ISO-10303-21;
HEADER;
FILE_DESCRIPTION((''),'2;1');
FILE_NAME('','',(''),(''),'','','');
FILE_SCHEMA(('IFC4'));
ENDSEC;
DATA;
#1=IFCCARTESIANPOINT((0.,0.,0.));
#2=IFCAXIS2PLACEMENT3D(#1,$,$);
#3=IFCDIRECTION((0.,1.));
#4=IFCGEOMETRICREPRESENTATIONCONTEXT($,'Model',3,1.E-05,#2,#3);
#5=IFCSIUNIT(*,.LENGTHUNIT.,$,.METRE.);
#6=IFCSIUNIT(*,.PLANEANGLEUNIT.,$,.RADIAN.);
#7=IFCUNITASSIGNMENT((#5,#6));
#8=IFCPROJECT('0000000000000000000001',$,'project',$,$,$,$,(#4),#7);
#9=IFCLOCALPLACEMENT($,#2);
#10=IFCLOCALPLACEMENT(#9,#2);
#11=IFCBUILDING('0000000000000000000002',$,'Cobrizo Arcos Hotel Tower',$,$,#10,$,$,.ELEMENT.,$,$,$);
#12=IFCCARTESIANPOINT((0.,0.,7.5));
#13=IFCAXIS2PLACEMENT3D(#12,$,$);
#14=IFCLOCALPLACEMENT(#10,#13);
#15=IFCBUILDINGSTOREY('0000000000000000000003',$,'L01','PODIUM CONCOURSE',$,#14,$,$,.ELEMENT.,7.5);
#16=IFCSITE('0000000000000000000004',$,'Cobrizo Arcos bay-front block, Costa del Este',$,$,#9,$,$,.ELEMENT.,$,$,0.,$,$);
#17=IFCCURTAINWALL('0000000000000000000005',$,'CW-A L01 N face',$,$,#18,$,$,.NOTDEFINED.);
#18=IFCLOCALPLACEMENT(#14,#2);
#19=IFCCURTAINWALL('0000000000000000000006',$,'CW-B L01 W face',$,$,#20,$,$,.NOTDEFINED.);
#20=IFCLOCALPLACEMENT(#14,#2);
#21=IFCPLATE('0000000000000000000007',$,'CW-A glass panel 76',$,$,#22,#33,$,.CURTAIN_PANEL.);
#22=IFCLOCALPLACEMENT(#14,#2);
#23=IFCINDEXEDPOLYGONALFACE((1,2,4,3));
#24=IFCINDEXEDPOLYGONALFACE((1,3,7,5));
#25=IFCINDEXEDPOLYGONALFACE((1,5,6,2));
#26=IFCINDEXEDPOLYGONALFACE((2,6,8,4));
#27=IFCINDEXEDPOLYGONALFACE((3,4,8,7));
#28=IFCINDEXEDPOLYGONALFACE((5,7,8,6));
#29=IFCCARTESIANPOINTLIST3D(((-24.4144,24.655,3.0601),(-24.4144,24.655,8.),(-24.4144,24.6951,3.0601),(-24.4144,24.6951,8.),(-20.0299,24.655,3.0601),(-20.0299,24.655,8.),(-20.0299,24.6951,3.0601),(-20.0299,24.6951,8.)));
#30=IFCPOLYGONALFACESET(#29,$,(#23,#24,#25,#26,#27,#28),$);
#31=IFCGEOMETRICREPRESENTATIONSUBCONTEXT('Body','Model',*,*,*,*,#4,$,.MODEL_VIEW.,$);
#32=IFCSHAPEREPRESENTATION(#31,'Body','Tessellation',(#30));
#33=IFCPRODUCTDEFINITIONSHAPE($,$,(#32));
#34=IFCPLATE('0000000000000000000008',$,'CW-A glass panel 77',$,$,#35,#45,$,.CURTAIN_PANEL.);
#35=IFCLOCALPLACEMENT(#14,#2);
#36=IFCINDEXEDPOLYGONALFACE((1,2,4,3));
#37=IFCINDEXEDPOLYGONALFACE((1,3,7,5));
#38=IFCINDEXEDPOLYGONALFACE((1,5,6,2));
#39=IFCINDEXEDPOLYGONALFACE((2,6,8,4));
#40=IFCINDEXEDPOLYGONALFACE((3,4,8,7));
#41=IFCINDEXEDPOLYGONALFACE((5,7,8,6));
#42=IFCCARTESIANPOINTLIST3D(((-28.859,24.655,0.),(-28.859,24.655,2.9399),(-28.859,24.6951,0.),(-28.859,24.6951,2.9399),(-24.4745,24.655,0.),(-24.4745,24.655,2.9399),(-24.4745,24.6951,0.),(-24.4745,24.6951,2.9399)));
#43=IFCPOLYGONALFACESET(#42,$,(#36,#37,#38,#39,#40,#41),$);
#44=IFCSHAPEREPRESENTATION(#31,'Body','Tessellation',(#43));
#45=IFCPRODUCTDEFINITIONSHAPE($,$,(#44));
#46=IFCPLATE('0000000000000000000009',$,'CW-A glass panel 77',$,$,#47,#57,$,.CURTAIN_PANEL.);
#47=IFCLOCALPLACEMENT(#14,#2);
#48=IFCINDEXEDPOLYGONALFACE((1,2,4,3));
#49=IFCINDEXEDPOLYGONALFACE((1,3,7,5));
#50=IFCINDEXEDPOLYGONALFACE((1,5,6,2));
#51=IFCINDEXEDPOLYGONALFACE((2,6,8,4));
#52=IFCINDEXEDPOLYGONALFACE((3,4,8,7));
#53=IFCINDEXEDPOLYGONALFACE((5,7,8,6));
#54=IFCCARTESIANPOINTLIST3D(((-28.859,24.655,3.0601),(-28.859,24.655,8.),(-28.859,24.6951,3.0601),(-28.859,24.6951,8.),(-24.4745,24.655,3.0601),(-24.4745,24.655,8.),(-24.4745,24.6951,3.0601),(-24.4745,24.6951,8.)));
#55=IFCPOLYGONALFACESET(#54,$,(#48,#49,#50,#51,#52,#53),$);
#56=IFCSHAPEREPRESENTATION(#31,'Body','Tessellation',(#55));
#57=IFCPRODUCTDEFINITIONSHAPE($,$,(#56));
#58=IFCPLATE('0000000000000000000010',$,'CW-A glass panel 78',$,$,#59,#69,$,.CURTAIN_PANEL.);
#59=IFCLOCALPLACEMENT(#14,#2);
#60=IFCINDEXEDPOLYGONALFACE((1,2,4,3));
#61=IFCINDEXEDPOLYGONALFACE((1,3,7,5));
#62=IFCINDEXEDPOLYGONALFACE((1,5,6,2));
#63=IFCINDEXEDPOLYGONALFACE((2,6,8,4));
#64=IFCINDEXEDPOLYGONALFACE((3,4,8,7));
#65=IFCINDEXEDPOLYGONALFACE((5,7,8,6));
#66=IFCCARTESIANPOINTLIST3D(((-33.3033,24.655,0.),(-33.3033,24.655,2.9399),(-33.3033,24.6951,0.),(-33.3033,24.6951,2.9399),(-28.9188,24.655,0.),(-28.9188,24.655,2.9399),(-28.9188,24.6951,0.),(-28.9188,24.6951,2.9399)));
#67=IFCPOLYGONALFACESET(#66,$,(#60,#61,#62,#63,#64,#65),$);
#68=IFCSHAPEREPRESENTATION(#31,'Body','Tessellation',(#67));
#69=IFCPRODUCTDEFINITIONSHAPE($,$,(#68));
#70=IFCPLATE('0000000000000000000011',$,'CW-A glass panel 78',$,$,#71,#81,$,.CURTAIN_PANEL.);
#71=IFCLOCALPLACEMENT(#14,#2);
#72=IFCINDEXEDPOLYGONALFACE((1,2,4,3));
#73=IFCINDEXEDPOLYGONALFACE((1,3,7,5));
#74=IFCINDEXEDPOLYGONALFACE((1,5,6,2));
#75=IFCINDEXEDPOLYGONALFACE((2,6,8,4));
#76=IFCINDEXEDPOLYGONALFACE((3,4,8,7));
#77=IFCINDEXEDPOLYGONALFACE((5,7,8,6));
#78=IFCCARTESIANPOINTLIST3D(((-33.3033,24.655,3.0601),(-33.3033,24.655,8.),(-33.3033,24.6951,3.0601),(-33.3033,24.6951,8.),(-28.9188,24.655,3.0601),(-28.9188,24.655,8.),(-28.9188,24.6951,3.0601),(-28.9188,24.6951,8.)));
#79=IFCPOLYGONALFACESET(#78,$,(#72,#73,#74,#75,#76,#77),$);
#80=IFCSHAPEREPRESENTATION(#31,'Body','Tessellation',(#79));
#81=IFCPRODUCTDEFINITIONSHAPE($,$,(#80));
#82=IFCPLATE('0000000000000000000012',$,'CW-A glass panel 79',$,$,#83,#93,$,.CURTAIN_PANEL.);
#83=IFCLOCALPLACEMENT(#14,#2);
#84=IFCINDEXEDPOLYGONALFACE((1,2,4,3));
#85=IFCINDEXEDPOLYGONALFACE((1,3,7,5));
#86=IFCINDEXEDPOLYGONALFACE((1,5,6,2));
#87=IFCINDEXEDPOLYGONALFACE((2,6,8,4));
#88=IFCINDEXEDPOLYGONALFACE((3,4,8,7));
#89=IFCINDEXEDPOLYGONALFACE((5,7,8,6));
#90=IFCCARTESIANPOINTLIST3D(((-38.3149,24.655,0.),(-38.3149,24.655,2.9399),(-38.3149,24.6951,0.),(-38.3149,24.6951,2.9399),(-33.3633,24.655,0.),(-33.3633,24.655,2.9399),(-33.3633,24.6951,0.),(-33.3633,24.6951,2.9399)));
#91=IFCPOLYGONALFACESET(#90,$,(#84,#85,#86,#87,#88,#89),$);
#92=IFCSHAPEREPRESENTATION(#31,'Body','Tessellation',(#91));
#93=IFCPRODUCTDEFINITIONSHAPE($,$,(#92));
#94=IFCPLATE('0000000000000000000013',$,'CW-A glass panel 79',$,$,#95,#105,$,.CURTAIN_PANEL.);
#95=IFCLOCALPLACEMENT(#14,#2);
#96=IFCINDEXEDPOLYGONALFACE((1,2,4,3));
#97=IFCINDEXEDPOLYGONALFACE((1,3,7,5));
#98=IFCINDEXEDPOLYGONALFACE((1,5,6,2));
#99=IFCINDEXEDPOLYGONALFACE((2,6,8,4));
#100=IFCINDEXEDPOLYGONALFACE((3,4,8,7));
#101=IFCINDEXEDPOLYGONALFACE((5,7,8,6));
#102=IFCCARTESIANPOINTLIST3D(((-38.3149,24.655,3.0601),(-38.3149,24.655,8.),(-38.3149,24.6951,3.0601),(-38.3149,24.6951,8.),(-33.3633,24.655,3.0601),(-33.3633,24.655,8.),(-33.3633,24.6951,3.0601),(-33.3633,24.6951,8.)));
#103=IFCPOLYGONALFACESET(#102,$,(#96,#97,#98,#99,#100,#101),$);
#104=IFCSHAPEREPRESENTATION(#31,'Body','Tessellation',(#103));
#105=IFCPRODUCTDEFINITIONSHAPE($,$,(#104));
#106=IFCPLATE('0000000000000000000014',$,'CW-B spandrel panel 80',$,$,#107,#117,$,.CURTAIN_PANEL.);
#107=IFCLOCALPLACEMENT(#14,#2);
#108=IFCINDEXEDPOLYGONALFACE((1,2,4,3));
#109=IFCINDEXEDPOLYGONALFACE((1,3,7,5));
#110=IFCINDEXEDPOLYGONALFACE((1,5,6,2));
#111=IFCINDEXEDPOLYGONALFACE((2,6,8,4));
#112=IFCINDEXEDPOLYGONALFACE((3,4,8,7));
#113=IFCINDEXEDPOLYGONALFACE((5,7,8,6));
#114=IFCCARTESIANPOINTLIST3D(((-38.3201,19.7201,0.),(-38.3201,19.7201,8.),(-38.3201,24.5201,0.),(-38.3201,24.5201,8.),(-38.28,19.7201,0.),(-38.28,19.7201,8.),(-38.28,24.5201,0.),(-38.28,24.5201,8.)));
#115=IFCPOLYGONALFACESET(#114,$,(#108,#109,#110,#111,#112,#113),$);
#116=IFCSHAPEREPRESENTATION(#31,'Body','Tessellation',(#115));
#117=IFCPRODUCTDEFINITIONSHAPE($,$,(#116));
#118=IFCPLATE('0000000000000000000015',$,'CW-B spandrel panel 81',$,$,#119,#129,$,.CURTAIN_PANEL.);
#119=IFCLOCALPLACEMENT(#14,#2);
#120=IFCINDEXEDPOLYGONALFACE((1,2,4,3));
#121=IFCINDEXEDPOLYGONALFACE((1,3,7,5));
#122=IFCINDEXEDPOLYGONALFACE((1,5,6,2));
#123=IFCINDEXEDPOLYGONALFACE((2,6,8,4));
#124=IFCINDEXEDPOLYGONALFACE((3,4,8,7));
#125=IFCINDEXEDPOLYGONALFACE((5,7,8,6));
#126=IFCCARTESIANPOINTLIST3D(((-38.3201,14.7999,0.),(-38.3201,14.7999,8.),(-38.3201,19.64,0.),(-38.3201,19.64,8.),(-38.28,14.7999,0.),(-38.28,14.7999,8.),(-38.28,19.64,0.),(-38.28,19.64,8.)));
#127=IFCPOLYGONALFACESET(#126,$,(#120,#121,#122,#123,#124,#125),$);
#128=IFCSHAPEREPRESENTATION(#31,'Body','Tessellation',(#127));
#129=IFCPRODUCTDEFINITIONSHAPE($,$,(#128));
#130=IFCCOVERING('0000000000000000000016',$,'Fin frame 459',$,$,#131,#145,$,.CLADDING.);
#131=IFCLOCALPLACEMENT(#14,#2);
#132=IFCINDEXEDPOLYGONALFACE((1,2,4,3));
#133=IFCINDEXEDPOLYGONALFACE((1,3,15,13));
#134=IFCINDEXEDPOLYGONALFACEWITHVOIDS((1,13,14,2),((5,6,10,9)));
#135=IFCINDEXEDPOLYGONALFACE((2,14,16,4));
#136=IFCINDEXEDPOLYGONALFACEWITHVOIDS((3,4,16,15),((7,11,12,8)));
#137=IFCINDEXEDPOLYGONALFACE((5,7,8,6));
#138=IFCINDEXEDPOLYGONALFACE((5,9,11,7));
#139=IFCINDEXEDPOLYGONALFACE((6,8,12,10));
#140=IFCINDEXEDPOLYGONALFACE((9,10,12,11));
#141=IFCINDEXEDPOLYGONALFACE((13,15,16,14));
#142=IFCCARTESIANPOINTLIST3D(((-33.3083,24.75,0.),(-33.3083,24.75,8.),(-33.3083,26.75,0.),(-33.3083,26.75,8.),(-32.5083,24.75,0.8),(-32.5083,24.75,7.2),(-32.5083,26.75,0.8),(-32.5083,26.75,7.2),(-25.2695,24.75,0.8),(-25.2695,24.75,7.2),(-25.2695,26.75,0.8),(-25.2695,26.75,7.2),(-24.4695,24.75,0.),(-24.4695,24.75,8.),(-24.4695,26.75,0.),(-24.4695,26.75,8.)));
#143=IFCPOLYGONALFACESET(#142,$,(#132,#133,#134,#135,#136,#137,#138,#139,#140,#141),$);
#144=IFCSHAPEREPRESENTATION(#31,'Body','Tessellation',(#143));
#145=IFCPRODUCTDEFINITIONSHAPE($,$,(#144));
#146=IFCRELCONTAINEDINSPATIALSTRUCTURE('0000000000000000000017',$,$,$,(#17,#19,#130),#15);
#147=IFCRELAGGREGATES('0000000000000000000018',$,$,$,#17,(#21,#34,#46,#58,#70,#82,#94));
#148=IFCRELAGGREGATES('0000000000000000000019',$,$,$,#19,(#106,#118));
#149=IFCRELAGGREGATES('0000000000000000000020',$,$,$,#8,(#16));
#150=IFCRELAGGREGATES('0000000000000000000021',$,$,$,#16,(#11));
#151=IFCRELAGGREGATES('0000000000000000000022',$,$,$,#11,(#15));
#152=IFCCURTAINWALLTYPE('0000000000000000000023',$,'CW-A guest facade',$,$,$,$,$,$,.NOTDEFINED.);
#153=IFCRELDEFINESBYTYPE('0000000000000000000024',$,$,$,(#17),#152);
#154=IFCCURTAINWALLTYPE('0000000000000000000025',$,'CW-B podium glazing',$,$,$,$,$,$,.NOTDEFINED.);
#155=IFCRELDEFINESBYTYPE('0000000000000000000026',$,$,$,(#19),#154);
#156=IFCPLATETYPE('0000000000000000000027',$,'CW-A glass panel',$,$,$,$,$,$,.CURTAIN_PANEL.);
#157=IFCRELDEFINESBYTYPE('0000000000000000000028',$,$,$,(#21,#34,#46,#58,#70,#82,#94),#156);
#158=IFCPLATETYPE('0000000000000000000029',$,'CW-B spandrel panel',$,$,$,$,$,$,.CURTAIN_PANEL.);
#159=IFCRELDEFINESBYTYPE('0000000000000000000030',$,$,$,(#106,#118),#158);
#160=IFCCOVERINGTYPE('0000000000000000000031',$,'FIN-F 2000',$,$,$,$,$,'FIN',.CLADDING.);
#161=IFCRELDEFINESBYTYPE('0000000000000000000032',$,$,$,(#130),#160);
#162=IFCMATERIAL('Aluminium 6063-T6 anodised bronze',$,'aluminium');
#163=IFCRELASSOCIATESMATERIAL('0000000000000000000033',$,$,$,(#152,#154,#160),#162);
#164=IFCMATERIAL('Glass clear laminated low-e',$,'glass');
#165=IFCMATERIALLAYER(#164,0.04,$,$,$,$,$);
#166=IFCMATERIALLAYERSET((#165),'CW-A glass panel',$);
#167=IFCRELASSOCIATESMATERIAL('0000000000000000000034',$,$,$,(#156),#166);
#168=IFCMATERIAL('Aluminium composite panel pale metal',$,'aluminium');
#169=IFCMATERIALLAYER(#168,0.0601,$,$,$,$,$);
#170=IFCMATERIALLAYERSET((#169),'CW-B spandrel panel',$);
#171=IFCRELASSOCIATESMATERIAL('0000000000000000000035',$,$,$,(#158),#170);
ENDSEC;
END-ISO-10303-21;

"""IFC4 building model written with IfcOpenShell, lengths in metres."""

from ifc_helpers import new_model, si_unit, direction, frame, origin, origin_2d, place, context, subcontext, project, spatial, polyline, rectangle, outline, extrude, material, layer, layer_set, type_object, element, aggregate, save


model = new_model("IFC4")

# Units and contexts
model_context = context("Model", 3, precision=1e-05, world=origin(), true_north=direction((0.0, 1.0)))
body_context = subcontext(model_context, "Body", "Model", "MODEL_VIEW")
ifc_project = project(units=[si_unit("LENGTHUNIT", "METRE"), si_unit("PLANEANGLEUNIT", "RADIAN")], contexts=[model_context])

# Site, building, storey
site_placement = place(None, origin())
site = spatial("IfcSite", under=ifc_project, at=site_placement, Name="Cobrizo Arcos bay-front block, Costa del Este", CompositionType="ELEMENT", RefElevation=0.0)
building_placement = place(site_placement, origin())
building = spatial("IfcBuilding", under=site, at=building_placement, Name="Cobrizo Arcos Hotel Tower", CompositionType="ELEMENT")
storey_placement = place(building_placement, frame((0.0, 0.0, 7.5)))
storey = spatial("IfcBuildingStorey", under=building, at=storey_placement, Name="L01", Description="PODIUM CONCOURSE", CompositionType="ELEMENT", Elevation=7.5)

# Curtain walls
ifc_material_1 = material(Name="Aluminium 6063-T6 anodised bronze", Category="aluminium")
curtain_wall_type_1 = type_object("IfcCurtainWallType", Name="CW-A guest facade", PredefinedType="NOTDEFINED", material=ifc_material_1)
curtain_wall_1_placement = place(storey_placement, origin())
curtain_wall_1 = element("IfcCurtainWall", 1, at=curtain_wall_1_placement, inside=storey, type_object=curtain_wall_type_1, Name="CW-A L01 N face", PredefinedType="NOTDEFINED")
curtain_wall_type_2 = type_object("IfcCurtainWallType", Name="CW-B podium glazing", PredefinedType="NOTDEFINED", material=ifc_material_1)
curtain_wall_2_placement = place(storey_placement, origin())
curtain_wall_2 = element("IfcCurtainWall", 2, at=curtain_wall_2_placement, inside=storey, type_object=curtain_wall_type_2, Name="CW-B L01 W face", PredefinedType="NOTDEFINED")

# Plates
ifc_material_2 = material(Name="Glass clear laminated low-e", Category="glass")
ifc_layer_1 = layer(ifc_material_2, 0.04)
ifc_layer_set_1 = layer_set([ifc_layer_1], Name="CW-A glass panel")
plate_type_1 = type_object("IfcPlateType", Name="CW-A glass panel", PredefinedType="CURTAIN_PANEL", material=ifc_layer_set_1)
plate_1_placement = place(storey_placement, frame((-22.2222, 24.675, 3.0601), z_axis=(0.0, 0.0, 1.0), x_axis=(-1.0, 0.0, 0.0)))
plate_1 = element("IfcPlate", 3, at=plate_1_placement, type_object=plate_type_1, Name="CW-A glass panel 76", PredefinedType="CURTAIN_PANEL", context=body_context, shape_type="SweptSolid", body=[
    extrude(rectangle(XDim=4.3845, YDim=0.04, at=origin_2d()), origin(), (0.0, 0.0, 1.0), 4.9399),
])
plate_2_placement = place(storey_placement, frame((-26.6667, 24.675, 0.0), z_axis=(0.0, 0.0, 1.0), x_axis=(-1.0, 0.0, 0.0)))
plate_2 = element("IfcPlate", 4, at=plate_2_placement, type_object=plate_type_1, Name="CW-A glass panel 77", PredefinedType="CURTAIN_PANEL", context=body_context, shape_type="SweptSolid", body=[
    extrude(rectangle(XDim=4.3845, YDim=0.04, at=origin_2d()), origin(), (0.0, 0.0, 1.0), 2.9399),
])
plate_3_placement = place(storey_placement, frame((-26.6667, 24.675, 3.0601), z_axis=(0.0, 0.0, 1.0), x_axis=(-1.0, 0.0, 0.0)))
plate_3 = element("IfcPlate", 5, at=plate_3_placement, type_object=plate_type_1, Name="CW-A glass panel 77", PredefinedType="CURTAIN_PANEL", context=body_context, shape_type="SweptSolid", body=[
    extrude(rectangle(XDim=4.3845, YDim=0.04, at=origin_2d()), origin(), (0.0, 0.0, 1.0), 4.9399),
])
plate_4_placement = place(storey_placement, frame((-31.1111, 24.675, 0.0), z_axis=(0.0, 0.0, 1.0), x_axis=(-1.0, 0.0, 0.0)))
plate_4 = element("IfcPlate", 6, at=plate_4_placement, type_object=plate_type_1, Name="CW-A glass panel 78", PredefinedType="CURTAIN_PANEL", context=body_context, shape_type="SweptSolid", body=[
    extrude(rectangle(XDim=4.3845, YDim=0.04, at=origin_2d()), origin(), (0.0, 0.0, 1.0), 2.9399),
])
plate_5_placement = place(storey_placement, frame((-31.1111, 24.675, 3.0601), z_axis=(0.0, 0.0, 1.0), x_axis=(-1.0, 0.0, 0.0)))
plate_5 = element("IfcPlate", 7, at=plate_5_placement, type_object=plate_type_1, Name="CW-A glass panel 78", PredefinedType="CURTAIN_PANEL", context=body_context, shape_type="SweptSolid", body=[
    extrude(rectangle(XDim=4.3845, YDim=0.04, at=origin_2d()), origin(), (0.0, 0.0, 1.0), 4.9399),
])
plate_6_placement = place(storey_placement, frame((-35.8391, 24.675, 0.0), z_axis=(0.0, 0.0, 1.0), x_axis=(-1.0, 0.0, 0.0)))
plate_6 = element("IfcPlate", 8, at=plate_6_placement, type_object=plate_type_1, Name="CW-A glass panel 79", PredefinedType="CURTAIN_PANEL", context=body_context, shape_type="SweptSolid", body=[
    extrude(rectangle(XDim=4.9517, YDim=0.04, at=origin_2d()), origin(), (0.0, 0.0, 1.0), 2.9399),
])
plate_7_placement = place(storey_placement, frame((-35.8391, 24.675, 3.0601), z_axis=(0.0, 0.0, 1.0), x_axis=(-1.0, 0.0, 0.0)))
plate_7 = element("IfcPlate", 9, at=plate_7_placement, type_object=plate_type_1, Name="CW-A glass panel 79", PredefinedType="CURTAIN_PANEL", context=body_context, shape_type="SweptSolid", body=[
    extrude(rectangle(XDim=4.9517, YDim=0.04, at=origin_2d()), origin(), (0.0, 0.0, 1.0), 4.9399),
])
aggregate(curtain_wall_1, [plate_1, plate_2, plate_3, plate_4, plate_5, plate_6, plate_7])
ifc_material_3 = material(Name="Aluminium composite panel pale metal", Category="aluminium")
ifc_layer_2 = layer(ifc_material_3, 0.0601)
ifc_layer_set_2 = layer_set([ifc_layer_2], Name="CW-B spandrel panel")
plate_type_2 = type_object("IfcPlateType", Name="CW-B spandrel panel", PredefinedType="CURTAIN_PANEL", material=ifc_layer_set_2)
plate_8_placement = place(storey_placement, frame((-38.3, 22.1201, 0.0), z_axis=(0.0, 0.0, 1.0), x_axis=(0.0, -1.0, 0.0)))
plate_8 = element("IfcPlate", 10, at=plate_8_placement, type_object=plate_type_2, Name="CW-B spandrel panel 80", PredefinedType="CURTAIN_PANEL", context=body_context, shape_type="SweptSolid", body=[
    extrude(rectangle(XDim=4.8, YDim=0.04, at=origin_2d()), origin(), (0.0, 0.0, 1.0), 8.0),
])
plate_9_placement = place(storey_placement, frame((-38.3, 17.22, 0.0), z_axis=(0.0, 0.0, 1.0), x_axis=(0.0, -1.0, 0.0)))
plate_9 = element("IfcPlate", 11, at=plate_9_placement, type_object=plate_type_2, Name="CW-B spandrel panel 81", PredefinedType="CURTAIN_PANEL", context=body_context, shape_type="SweptSolid", body=[
    extrude(rectangle(XDim=4.8401, YDim=0.04, at=origin_2d()), origin(), (0.0, 0.0, 1.0), 8.0),
])
aggregate(curtain_wall_2, [plate_8, plate_9])

# Covering
covering_type = type_object("IfcCoveringType", Name="FIN-F 2000", ElementType="FIN", PredefinedType="CLADDING", material=ifc_material_1)
covering_placement = place(storey_placement, frame((-24.4695, 24.75, 0.0), z_axis=(0.0, 1.0, 0.0), x_axis=(-1.0, 0.0, 0.0)))
element("IfcCovering", 12, at=covering_placement, inside=storey, type_object=covering_type, Name="Fin frame 459", PredefinedType="CLADDING", context=body_context, shape_type="SweptSolid", body=[
    extrude(outline(polyline([(0.0, 8.0), (0.0, 0.0), (8.8389, 0.0), (8.8389, 8.0), (0.0, 8.0)]), holes=[polyline([(8.0388, 0.8), (0.8, 0.8), (0.8, 7.2), (8.0388, 7.2), (8.0388, 0.8)])]), origin(), (0.0, 0.0, 1.0), 2.0),
])

save(model, "model.ifc")
